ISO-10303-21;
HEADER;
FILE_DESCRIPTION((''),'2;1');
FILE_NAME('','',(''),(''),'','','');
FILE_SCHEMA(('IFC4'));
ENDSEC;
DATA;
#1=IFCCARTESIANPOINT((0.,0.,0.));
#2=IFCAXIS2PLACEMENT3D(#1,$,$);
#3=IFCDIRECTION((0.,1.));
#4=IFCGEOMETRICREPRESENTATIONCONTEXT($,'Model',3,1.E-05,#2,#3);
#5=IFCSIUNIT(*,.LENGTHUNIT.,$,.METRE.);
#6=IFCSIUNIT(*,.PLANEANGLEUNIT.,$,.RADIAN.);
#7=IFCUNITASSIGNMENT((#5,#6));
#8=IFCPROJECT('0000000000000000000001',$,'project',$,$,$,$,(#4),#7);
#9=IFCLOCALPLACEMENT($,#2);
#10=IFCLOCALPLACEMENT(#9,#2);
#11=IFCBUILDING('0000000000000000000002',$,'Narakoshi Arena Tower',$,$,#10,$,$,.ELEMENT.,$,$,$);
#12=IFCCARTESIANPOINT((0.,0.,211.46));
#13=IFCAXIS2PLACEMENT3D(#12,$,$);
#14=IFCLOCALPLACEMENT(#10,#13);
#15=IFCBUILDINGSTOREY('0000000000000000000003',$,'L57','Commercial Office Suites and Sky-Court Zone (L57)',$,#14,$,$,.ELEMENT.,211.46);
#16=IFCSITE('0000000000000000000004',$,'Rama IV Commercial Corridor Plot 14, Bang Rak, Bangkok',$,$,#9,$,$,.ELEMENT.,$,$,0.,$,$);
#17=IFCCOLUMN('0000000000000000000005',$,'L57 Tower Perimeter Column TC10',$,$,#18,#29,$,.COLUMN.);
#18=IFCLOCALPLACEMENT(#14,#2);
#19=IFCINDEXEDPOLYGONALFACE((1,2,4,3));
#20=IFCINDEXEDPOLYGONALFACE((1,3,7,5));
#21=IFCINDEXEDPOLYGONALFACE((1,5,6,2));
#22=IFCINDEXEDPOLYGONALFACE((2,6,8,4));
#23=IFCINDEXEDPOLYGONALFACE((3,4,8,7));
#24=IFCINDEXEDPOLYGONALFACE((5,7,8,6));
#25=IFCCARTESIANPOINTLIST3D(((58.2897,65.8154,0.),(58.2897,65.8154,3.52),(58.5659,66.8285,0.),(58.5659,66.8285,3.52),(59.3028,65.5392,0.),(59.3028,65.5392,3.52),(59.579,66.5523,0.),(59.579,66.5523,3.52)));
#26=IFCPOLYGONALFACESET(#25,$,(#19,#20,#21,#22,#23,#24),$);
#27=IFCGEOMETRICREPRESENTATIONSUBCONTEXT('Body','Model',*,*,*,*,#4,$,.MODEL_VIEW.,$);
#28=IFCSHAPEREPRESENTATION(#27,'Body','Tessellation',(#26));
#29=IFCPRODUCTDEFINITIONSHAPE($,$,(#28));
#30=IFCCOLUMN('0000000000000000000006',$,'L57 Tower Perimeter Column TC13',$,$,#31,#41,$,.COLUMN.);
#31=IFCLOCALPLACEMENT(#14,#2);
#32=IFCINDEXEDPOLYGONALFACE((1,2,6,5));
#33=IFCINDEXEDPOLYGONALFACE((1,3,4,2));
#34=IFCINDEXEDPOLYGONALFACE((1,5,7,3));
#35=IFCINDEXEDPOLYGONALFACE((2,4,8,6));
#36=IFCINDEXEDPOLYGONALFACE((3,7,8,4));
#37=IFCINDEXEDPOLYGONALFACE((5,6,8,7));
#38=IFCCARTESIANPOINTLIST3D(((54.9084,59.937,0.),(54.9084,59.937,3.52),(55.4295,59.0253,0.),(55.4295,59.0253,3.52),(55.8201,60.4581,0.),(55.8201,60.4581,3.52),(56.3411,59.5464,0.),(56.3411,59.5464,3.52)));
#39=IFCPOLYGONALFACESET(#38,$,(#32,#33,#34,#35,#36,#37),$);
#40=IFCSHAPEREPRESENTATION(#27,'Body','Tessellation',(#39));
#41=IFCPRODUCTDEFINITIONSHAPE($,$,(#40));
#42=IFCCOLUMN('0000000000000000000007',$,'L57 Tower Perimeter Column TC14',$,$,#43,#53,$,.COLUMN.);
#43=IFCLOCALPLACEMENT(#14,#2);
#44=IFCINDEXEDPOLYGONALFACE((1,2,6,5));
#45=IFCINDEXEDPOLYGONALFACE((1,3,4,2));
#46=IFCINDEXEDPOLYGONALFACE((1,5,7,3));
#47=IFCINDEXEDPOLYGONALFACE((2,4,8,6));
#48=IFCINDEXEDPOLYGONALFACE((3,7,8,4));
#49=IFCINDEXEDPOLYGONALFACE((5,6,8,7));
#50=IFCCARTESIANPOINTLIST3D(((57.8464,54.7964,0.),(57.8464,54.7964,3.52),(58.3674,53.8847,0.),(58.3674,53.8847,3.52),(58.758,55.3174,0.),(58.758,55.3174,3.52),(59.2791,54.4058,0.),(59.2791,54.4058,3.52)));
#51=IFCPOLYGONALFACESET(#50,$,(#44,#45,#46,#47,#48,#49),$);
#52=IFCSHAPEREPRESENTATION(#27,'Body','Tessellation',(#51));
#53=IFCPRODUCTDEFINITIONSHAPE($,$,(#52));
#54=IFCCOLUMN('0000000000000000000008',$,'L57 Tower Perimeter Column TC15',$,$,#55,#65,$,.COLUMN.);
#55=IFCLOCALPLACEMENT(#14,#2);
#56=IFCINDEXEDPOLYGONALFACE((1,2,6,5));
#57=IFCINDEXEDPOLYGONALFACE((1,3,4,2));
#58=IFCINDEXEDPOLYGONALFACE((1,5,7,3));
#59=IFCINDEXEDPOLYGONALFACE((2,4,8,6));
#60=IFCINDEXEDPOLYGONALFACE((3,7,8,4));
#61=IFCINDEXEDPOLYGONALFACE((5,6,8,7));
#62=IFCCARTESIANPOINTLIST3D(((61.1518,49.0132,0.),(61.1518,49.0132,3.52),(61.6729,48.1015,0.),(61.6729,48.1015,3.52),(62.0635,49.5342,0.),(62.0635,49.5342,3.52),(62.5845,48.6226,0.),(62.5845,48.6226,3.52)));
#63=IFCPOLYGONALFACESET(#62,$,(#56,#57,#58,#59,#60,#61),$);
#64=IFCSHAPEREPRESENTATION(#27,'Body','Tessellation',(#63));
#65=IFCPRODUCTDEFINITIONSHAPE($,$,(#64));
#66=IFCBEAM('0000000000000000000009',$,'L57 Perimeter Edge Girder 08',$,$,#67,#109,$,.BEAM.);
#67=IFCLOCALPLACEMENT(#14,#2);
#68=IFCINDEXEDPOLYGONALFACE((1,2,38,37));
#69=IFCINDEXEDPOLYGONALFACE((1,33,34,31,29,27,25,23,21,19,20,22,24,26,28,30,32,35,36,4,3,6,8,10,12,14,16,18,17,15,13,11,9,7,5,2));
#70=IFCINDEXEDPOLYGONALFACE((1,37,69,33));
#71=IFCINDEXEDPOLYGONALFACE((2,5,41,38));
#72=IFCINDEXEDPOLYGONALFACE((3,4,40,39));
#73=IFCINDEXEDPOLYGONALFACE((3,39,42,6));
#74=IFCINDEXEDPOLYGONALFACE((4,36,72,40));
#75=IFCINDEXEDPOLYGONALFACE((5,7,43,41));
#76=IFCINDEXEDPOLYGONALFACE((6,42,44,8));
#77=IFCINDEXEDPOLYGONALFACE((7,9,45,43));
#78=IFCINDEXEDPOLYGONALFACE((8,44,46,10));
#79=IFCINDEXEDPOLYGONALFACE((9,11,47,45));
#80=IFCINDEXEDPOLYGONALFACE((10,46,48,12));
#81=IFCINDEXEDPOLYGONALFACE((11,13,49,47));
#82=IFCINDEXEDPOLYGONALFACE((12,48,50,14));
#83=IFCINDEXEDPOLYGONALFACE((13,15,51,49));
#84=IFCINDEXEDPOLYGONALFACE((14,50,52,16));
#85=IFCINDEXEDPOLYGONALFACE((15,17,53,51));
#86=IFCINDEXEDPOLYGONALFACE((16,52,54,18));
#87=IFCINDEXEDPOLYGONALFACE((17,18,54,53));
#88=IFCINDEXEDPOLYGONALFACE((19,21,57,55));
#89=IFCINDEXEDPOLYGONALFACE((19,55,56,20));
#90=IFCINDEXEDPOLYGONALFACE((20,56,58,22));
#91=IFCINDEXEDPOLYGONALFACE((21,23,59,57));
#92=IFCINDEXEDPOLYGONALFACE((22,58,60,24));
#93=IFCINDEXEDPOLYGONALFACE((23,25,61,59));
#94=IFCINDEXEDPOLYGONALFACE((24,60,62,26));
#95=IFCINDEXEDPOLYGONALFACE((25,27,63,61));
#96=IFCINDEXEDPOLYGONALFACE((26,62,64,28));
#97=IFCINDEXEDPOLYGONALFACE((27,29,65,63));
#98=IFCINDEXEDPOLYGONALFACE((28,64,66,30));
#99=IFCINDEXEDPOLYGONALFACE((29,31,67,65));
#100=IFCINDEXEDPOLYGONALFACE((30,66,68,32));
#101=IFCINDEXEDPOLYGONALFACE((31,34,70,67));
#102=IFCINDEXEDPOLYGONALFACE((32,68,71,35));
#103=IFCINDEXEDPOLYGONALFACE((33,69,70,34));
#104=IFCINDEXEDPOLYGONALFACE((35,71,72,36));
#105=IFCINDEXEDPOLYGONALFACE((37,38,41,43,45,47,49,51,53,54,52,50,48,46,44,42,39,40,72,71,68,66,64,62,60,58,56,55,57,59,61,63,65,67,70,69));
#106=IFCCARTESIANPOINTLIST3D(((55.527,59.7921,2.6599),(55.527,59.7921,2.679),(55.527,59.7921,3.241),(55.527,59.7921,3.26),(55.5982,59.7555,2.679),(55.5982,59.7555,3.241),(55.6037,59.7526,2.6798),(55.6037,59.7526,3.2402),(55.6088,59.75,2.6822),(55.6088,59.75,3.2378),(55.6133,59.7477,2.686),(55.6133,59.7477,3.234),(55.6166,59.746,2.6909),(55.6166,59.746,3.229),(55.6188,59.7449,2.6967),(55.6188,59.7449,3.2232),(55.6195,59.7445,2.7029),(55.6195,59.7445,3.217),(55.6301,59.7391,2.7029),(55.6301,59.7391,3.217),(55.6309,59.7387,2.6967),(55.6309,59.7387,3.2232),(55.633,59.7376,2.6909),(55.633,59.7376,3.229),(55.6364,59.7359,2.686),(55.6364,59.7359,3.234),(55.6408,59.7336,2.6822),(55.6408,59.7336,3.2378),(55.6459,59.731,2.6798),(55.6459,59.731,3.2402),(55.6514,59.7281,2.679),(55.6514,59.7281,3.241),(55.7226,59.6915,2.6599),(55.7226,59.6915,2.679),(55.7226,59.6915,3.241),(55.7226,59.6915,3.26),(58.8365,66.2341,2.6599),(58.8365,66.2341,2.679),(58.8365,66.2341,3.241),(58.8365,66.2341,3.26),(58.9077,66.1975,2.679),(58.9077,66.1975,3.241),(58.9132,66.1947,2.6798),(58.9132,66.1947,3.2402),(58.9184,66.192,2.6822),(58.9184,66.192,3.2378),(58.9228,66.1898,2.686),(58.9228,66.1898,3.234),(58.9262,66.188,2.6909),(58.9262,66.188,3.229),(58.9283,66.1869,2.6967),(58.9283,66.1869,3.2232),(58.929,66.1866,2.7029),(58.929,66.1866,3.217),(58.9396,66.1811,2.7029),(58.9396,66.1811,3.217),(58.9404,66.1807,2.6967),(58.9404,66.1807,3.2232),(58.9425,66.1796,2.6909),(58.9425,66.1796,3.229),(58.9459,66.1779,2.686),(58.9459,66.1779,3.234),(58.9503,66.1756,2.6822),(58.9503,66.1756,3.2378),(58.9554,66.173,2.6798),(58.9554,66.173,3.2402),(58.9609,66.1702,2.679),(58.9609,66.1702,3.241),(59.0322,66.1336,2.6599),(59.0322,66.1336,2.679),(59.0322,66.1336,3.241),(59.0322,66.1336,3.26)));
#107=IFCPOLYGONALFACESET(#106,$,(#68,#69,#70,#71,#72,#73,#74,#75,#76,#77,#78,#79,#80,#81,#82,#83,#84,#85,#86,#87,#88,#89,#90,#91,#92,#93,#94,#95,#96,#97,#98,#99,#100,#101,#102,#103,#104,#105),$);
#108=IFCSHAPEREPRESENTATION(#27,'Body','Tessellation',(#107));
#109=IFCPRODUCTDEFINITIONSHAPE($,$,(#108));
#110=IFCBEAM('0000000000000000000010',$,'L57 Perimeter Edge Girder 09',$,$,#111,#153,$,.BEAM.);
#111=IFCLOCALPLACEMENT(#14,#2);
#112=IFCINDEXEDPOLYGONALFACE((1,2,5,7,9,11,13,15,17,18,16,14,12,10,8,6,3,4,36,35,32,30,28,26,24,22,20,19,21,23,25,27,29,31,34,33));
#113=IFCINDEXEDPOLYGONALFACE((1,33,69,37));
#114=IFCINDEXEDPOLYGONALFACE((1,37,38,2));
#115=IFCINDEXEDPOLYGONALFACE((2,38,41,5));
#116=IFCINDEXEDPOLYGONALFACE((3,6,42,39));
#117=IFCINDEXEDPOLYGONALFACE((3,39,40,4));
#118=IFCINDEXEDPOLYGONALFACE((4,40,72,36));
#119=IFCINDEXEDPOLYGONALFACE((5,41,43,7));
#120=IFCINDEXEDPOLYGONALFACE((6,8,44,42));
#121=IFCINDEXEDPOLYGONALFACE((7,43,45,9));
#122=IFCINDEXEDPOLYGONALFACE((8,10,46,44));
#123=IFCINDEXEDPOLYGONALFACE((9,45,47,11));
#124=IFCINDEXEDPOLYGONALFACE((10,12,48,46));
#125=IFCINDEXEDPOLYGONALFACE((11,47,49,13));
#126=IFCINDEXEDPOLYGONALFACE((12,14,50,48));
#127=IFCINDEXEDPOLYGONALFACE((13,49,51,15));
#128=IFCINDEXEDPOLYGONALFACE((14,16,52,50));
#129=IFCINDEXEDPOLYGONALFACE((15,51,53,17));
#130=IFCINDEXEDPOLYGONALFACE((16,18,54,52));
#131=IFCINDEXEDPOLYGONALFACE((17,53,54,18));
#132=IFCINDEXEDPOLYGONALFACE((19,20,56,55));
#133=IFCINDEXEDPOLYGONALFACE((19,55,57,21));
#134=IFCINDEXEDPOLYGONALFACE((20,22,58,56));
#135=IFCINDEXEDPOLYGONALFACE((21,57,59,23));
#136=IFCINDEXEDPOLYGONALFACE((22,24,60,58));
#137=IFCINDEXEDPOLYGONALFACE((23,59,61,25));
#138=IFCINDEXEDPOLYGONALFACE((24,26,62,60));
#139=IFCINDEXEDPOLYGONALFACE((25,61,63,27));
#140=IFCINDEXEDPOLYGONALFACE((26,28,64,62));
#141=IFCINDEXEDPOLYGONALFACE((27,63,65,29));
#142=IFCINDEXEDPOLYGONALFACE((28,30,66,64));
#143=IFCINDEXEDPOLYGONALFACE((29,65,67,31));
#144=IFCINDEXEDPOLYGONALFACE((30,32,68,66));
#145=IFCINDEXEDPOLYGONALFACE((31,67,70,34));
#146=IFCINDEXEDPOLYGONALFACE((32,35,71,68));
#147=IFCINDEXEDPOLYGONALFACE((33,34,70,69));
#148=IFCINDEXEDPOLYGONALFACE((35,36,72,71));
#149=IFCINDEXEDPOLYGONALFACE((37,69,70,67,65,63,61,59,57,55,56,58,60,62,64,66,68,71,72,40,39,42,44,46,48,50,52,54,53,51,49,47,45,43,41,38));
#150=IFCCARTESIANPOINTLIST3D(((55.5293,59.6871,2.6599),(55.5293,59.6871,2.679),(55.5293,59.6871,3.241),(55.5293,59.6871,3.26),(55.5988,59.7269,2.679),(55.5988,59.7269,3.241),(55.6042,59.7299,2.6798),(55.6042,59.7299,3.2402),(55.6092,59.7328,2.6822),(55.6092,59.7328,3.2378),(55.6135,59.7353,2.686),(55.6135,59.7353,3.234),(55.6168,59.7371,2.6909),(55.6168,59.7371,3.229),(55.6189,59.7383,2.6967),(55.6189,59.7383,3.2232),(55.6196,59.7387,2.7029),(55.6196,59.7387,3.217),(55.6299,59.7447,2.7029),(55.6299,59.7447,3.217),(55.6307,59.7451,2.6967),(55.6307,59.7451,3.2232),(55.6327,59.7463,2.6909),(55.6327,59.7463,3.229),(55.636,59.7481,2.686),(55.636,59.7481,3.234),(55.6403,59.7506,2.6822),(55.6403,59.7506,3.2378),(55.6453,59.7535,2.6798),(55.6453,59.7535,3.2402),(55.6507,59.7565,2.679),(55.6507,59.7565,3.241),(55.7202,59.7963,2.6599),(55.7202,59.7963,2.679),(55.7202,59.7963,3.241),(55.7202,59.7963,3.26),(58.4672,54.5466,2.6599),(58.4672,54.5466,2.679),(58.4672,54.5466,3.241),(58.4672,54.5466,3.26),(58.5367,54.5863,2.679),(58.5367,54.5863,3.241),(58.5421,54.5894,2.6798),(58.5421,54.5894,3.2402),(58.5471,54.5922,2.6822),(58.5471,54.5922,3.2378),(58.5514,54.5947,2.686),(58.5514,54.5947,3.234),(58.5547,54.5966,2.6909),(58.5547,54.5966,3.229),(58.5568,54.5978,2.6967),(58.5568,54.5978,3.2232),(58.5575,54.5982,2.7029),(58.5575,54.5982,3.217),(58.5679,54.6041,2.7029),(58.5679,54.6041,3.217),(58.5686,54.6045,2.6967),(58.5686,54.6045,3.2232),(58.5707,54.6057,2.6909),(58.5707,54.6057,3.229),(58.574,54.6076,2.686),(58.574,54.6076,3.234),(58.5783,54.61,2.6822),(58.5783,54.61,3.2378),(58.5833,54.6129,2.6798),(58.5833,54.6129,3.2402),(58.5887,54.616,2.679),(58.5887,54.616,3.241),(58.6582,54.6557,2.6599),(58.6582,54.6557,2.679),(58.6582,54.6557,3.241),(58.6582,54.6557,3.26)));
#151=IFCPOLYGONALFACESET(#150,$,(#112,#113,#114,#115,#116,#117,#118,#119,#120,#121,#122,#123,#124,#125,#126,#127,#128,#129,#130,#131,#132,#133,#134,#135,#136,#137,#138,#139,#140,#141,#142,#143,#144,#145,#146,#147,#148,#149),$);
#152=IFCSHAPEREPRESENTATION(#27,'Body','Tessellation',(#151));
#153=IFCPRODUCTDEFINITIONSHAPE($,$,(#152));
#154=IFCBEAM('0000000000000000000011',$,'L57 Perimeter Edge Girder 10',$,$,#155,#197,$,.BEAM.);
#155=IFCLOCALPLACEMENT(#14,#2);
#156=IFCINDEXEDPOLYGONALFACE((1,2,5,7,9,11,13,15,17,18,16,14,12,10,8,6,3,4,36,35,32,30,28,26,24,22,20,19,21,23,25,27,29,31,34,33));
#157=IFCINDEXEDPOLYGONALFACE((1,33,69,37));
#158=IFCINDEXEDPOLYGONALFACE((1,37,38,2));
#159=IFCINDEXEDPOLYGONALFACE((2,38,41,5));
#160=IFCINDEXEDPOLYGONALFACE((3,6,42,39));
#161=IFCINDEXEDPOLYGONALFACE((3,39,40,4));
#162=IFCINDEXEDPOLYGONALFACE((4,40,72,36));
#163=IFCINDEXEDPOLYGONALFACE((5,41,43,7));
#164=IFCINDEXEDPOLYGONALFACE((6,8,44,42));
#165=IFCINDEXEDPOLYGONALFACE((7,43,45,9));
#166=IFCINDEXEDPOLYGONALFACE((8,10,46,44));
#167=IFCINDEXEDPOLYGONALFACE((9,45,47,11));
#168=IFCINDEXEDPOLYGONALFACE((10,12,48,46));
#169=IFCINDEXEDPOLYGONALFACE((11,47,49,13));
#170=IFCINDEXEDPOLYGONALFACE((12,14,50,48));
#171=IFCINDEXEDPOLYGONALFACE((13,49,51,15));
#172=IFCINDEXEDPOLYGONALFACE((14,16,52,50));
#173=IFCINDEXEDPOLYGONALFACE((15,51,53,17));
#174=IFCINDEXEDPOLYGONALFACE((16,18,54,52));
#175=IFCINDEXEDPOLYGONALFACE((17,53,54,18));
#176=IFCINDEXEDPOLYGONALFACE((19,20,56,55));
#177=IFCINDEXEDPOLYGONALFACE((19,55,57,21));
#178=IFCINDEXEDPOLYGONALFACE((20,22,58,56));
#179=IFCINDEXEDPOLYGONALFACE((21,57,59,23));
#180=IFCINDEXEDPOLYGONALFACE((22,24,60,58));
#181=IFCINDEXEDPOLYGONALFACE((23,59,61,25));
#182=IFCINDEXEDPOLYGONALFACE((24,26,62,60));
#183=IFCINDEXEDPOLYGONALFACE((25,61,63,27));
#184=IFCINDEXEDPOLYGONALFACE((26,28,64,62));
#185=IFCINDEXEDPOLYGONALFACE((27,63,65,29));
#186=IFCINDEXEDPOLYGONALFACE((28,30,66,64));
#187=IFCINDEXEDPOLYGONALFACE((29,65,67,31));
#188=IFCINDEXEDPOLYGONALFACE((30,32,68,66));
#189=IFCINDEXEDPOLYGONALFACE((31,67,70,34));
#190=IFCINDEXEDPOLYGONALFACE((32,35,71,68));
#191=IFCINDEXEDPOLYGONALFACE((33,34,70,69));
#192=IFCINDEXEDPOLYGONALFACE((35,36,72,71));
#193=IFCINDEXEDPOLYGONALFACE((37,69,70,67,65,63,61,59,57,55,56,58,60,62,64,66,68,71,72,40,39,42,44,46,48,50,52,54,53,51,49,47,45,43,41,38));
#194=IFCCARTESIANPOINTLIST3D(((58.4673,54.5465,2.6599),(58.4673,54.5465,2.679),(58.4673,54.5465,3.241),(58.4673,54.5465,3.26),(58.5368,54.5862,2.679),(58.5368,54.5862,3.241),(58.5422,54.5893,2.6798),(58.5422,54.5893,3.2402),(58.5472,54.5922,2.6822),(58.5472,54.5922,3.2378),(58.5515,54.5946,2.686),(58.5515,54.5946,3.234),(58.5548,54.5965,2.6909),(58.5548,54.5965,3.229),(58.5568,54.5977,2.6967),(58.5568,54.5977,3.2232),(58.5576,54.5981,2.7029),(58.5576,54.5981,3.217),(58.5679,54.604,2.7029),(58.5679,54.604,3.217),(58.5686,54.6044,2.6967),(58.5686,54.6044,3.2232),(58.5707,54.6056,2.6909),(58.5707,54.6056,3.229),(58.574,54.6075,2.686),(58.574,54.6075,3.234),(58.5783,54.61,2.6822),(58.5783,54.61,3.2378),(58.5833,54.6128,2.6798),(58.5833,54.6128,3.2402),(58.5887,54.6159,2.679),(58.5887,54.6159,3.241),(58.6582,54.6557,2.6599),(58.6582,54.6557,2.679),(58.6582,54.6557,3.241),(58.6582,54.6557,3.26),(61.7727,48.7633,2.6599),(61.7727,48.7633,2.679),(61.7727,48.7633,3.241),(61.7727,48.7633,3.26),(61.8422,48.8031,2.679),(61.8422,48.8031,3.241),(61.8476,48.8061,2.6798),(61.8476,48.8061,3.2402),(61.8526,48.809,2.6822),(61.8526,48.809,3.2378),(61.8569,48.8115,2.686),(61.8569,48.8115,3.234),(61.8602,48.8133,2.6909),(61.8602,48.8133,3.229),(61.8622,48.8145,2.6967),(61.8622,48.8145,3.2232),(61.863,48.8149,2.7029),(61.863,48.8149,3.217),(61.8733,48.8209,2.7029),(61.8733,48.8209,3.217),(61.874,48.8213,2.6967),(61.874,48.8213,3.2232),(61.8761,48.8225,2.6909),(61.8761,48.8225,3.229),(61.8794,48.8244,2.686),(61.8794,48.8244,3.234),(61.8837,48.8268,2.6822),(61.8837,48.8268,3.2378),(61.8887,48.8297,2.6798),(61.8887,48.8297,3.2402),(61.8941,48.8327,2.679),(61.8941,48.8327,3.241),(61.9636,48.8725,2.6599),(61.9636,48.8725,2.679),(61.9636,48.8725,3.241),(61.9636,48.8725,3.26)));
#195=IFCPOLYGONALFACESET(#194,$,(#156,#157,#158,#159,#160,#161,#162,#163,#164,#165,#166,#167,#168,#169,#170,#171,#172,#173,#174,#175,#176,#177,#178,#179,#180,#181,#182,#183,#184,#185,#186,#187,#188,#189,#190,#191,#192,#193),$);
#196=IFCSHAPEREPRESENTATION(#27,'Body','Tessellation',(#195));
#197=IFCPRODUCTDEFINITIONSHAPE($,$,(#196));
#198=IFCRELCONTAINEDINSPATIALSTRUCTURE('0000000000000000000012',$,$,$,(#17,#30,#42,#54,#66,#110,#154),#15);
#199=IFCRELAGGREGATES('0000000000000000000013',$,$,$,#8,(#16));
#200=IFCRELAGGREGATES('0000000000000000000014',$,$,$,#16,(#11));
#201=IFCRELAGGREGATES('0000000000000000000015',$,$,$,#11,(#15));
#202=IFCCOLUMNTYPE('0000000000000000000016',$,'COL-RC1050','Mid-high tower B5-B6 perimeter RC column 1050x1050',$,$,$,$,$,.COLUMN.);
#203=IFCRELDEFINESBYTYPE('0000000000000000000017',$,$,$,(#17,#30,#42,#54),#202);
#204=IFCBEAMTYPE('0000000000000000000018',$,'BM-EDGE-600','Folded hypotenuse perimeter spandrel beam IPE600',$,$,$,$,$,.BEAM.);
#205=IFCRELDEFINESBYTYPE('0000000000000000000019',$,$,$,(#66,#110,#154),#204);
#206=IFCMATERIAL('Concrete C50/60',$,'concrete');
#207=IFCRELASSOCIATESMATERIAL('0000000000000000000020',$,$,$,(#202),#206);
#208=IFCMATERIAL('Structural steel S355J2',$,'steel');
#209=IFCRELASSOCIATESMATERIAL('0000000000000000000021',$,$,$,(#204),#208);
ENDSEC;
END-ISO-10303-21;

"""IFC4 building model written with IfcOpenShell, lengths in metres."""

from ifc_helpers import new_model, si_unit, direction, frame, origin, origin_2d, place, context, subcontext, project, spatial, rectangle, i_section, extrude, material, material_profile, profile_set, type_object, element, save


model = new_model("IFC4")

# Units and contexts
model_context = context("Model", 3, precision=1e-05, world=origin(), true_north=direction((0.0, 1.0)))
body_context = subcontext(model_context, "Body", "Model", "MODEL_VIEW")
ifc_project = project(units=[si_unit("LENGTHUNIT", "METRE"), si_unit("PLANEANGLEUNIT", "RADIAN")], contexts=[model_context])

# Site, building, storey
site_placement = place(None, origin())
site = spatial("IfcSite", under=ifc_project, at=site_placement, Name="Rama IV Commercial Corridor Plot 14, Bang Rak, Bangkok", CompositionType="ELEMENT", RefElevation=0.0)
building_placement = place(site_placement, origin())
building = spatial("IfcBuilding", under=site, at=building_placement, Name="Narakoshi Arena Tower", CompositionType="ELEMENT")
storey_placement = place(building_placement, frame((0.0, 0.0, 211.46)))
storey = spatial("IfcBuildingStorey", under=building, at=storey_placement, Name="L57", Description="Commercial Office Suites and Sky-Court Zone (L57)", CompositionType="ELEMENT", Elevation=211.46)

# Columns
ifc_material_1 = material(Name="Concrete C50/60", Category="concrete")
ifc_material_profile_1 = material_profile(ifc_material_1, rectangle(XDim=1.05, YDim=1.05, at=origin_2d()), Name="RC1050x1050")
ifc_profile_set_1 = profile_set([ifc_material_profile_1], Name="Concrete C50/60")
column_type = type_object("IfcColumnType", Name="COL-RC1050", Description="Mid-high tower B5-B6 perimeter RC column 1050x1050", PredefinedType="COLUMN", material=ifc_profile_set_1)
for number, where, z_axis, x_axis, name in (
    (1, (58.9343, 66.1838, 0.0), (0.0, 0.0, 1.0), (0.263031, 0.964787, 0.0), "L57 Tower Perimeter Column TC10"),
    (2, (55.6248, 59.7417, 0.0), (0.0, 0.0, 1.0), (-0.496217, 0.868199, 0.0), "L57 Tower Perimeter Column TC13"),
    (3, (58.5627, 54.6011, 0.0), (0.0, 0.0, 1.0), (-0.496217, 0.868199, 0.0), "L57 Tower Perimeter Column TC14"),
    (4, (61.8682, 48.8179, 0.0), (0.0, 0.0, 1.0), (-0.496217, 0.868199, 0.0), "L57 Tower Perimeter Column TC15"),
):
    element("IfcColumn", number, at=place(storey_placement, frame(where, z_axis=z_axis, x_axis=x_axis)), inside=storey, type_object=column_type, Name=name, PredefinedType="COLUMN", context=body_context, shape_type="SweptSolid", body=[
        extrude(rectangle(XDim=1.05, YDim=1.05, at=origin_2d()), origin(), (0.0, 0.0, 1.0), 3.52),
    ])

# Beams
ifc_material_2 = material(Name="Structural steel S355J2", Category="steel")
ifc_material_profile_2 = material_profile(ifc_material_2, i_section(OverallWidth=0.22, OverallDepth=0.6001, WebThickness=0.012, FlangeThickness=0.019, FilletRadius=0.0239, at=origin_2d()), Name="IPE600")
ifc_profile_set_2 = profile_set([ifc_material_profile_2], Name="Structural steel S355J2")
beam_type_1 = type_object("IfcBeamType", Name="BM-EDGE-600", Description="Folded hypotenuse perimeter spandrel beam IPE600", PredefinedType="BEAM", material=ifc_profile_set_2)
beam_1_placement = place(storey_placement, frame((58.9343, 66.1838, 2.96), z_axis=(-0.456963, -0.889486, 0.0), x_axis=(0.889486, -0.456963, 0.0)))
element("IfcBeam", 5, at=beam_1_placement, inside=storey, type_object=beam_type_1, Name="L57 Perimeter Edge Girder 08", PredefinedType="BEAM", context=body_context, shape_type="SweptSolid", body=[
    extrude(i_section(OverallWidth=0.22, OverallDepth=0.6001, WebThickness=0.012, FlangeThickness=0.019, FilletRadius=0.0239, at=origin_2d()), origin(), (0.0, 0.0, 1.0), 7.2424),
])
beam_2_placement = place(storey_placement, frame((55.6248, 59.7417, 2.96), z_axis=(0.496201, -0.868208, 0.0), x_axis=(0.868208, 0.496201, 0.0)))
element("IfcBeam", 6, at=beam_2_placement, inside=storey, type_object=beam_type_1, Name="L57 Perimeter Edge Girder 09", PredefinedType="BEAM", context=body_context, shape_type="SweptSolid", body=[
    extrude(i_section(OverallWidth=0.22, OverallDepth=0.6001, WebThickness=0.012, FlangeThickness=0.019, FilletRadius=0.0239, at=origin_2d()), origin(), (0.0, 0.0, 1.0), 5.9209),
])
for number, where, z_axis, x_axis, name in (
    (7, (58.5627, 54.6011, 2.96), (0.496222, -0.868196, 0.0), (0.868196, 0.496222, 0.0), "L57 Perimeter Edge Girder 10"),
):
    element("IfcBeam", number, at=place(storey_placement, frame(where, z_axis=z_axis, x_axis=x_axis)), inside=storey, type_object=beam_type_1, Name=name, PredefinedType="BEAM", context=body_context, shape_type="SweptSolid", body=[
        extrude(i_section(OverallWidth=0.22, OverallDepth=0.6001, WebThickness=0.012, FlangeThickness=0.019, FilletRadius=0.0239, at=origin_2d()), origin(), (0.0, 0.0, 1.0), 6.6611),
    ])

save(model, "model.ifc")
